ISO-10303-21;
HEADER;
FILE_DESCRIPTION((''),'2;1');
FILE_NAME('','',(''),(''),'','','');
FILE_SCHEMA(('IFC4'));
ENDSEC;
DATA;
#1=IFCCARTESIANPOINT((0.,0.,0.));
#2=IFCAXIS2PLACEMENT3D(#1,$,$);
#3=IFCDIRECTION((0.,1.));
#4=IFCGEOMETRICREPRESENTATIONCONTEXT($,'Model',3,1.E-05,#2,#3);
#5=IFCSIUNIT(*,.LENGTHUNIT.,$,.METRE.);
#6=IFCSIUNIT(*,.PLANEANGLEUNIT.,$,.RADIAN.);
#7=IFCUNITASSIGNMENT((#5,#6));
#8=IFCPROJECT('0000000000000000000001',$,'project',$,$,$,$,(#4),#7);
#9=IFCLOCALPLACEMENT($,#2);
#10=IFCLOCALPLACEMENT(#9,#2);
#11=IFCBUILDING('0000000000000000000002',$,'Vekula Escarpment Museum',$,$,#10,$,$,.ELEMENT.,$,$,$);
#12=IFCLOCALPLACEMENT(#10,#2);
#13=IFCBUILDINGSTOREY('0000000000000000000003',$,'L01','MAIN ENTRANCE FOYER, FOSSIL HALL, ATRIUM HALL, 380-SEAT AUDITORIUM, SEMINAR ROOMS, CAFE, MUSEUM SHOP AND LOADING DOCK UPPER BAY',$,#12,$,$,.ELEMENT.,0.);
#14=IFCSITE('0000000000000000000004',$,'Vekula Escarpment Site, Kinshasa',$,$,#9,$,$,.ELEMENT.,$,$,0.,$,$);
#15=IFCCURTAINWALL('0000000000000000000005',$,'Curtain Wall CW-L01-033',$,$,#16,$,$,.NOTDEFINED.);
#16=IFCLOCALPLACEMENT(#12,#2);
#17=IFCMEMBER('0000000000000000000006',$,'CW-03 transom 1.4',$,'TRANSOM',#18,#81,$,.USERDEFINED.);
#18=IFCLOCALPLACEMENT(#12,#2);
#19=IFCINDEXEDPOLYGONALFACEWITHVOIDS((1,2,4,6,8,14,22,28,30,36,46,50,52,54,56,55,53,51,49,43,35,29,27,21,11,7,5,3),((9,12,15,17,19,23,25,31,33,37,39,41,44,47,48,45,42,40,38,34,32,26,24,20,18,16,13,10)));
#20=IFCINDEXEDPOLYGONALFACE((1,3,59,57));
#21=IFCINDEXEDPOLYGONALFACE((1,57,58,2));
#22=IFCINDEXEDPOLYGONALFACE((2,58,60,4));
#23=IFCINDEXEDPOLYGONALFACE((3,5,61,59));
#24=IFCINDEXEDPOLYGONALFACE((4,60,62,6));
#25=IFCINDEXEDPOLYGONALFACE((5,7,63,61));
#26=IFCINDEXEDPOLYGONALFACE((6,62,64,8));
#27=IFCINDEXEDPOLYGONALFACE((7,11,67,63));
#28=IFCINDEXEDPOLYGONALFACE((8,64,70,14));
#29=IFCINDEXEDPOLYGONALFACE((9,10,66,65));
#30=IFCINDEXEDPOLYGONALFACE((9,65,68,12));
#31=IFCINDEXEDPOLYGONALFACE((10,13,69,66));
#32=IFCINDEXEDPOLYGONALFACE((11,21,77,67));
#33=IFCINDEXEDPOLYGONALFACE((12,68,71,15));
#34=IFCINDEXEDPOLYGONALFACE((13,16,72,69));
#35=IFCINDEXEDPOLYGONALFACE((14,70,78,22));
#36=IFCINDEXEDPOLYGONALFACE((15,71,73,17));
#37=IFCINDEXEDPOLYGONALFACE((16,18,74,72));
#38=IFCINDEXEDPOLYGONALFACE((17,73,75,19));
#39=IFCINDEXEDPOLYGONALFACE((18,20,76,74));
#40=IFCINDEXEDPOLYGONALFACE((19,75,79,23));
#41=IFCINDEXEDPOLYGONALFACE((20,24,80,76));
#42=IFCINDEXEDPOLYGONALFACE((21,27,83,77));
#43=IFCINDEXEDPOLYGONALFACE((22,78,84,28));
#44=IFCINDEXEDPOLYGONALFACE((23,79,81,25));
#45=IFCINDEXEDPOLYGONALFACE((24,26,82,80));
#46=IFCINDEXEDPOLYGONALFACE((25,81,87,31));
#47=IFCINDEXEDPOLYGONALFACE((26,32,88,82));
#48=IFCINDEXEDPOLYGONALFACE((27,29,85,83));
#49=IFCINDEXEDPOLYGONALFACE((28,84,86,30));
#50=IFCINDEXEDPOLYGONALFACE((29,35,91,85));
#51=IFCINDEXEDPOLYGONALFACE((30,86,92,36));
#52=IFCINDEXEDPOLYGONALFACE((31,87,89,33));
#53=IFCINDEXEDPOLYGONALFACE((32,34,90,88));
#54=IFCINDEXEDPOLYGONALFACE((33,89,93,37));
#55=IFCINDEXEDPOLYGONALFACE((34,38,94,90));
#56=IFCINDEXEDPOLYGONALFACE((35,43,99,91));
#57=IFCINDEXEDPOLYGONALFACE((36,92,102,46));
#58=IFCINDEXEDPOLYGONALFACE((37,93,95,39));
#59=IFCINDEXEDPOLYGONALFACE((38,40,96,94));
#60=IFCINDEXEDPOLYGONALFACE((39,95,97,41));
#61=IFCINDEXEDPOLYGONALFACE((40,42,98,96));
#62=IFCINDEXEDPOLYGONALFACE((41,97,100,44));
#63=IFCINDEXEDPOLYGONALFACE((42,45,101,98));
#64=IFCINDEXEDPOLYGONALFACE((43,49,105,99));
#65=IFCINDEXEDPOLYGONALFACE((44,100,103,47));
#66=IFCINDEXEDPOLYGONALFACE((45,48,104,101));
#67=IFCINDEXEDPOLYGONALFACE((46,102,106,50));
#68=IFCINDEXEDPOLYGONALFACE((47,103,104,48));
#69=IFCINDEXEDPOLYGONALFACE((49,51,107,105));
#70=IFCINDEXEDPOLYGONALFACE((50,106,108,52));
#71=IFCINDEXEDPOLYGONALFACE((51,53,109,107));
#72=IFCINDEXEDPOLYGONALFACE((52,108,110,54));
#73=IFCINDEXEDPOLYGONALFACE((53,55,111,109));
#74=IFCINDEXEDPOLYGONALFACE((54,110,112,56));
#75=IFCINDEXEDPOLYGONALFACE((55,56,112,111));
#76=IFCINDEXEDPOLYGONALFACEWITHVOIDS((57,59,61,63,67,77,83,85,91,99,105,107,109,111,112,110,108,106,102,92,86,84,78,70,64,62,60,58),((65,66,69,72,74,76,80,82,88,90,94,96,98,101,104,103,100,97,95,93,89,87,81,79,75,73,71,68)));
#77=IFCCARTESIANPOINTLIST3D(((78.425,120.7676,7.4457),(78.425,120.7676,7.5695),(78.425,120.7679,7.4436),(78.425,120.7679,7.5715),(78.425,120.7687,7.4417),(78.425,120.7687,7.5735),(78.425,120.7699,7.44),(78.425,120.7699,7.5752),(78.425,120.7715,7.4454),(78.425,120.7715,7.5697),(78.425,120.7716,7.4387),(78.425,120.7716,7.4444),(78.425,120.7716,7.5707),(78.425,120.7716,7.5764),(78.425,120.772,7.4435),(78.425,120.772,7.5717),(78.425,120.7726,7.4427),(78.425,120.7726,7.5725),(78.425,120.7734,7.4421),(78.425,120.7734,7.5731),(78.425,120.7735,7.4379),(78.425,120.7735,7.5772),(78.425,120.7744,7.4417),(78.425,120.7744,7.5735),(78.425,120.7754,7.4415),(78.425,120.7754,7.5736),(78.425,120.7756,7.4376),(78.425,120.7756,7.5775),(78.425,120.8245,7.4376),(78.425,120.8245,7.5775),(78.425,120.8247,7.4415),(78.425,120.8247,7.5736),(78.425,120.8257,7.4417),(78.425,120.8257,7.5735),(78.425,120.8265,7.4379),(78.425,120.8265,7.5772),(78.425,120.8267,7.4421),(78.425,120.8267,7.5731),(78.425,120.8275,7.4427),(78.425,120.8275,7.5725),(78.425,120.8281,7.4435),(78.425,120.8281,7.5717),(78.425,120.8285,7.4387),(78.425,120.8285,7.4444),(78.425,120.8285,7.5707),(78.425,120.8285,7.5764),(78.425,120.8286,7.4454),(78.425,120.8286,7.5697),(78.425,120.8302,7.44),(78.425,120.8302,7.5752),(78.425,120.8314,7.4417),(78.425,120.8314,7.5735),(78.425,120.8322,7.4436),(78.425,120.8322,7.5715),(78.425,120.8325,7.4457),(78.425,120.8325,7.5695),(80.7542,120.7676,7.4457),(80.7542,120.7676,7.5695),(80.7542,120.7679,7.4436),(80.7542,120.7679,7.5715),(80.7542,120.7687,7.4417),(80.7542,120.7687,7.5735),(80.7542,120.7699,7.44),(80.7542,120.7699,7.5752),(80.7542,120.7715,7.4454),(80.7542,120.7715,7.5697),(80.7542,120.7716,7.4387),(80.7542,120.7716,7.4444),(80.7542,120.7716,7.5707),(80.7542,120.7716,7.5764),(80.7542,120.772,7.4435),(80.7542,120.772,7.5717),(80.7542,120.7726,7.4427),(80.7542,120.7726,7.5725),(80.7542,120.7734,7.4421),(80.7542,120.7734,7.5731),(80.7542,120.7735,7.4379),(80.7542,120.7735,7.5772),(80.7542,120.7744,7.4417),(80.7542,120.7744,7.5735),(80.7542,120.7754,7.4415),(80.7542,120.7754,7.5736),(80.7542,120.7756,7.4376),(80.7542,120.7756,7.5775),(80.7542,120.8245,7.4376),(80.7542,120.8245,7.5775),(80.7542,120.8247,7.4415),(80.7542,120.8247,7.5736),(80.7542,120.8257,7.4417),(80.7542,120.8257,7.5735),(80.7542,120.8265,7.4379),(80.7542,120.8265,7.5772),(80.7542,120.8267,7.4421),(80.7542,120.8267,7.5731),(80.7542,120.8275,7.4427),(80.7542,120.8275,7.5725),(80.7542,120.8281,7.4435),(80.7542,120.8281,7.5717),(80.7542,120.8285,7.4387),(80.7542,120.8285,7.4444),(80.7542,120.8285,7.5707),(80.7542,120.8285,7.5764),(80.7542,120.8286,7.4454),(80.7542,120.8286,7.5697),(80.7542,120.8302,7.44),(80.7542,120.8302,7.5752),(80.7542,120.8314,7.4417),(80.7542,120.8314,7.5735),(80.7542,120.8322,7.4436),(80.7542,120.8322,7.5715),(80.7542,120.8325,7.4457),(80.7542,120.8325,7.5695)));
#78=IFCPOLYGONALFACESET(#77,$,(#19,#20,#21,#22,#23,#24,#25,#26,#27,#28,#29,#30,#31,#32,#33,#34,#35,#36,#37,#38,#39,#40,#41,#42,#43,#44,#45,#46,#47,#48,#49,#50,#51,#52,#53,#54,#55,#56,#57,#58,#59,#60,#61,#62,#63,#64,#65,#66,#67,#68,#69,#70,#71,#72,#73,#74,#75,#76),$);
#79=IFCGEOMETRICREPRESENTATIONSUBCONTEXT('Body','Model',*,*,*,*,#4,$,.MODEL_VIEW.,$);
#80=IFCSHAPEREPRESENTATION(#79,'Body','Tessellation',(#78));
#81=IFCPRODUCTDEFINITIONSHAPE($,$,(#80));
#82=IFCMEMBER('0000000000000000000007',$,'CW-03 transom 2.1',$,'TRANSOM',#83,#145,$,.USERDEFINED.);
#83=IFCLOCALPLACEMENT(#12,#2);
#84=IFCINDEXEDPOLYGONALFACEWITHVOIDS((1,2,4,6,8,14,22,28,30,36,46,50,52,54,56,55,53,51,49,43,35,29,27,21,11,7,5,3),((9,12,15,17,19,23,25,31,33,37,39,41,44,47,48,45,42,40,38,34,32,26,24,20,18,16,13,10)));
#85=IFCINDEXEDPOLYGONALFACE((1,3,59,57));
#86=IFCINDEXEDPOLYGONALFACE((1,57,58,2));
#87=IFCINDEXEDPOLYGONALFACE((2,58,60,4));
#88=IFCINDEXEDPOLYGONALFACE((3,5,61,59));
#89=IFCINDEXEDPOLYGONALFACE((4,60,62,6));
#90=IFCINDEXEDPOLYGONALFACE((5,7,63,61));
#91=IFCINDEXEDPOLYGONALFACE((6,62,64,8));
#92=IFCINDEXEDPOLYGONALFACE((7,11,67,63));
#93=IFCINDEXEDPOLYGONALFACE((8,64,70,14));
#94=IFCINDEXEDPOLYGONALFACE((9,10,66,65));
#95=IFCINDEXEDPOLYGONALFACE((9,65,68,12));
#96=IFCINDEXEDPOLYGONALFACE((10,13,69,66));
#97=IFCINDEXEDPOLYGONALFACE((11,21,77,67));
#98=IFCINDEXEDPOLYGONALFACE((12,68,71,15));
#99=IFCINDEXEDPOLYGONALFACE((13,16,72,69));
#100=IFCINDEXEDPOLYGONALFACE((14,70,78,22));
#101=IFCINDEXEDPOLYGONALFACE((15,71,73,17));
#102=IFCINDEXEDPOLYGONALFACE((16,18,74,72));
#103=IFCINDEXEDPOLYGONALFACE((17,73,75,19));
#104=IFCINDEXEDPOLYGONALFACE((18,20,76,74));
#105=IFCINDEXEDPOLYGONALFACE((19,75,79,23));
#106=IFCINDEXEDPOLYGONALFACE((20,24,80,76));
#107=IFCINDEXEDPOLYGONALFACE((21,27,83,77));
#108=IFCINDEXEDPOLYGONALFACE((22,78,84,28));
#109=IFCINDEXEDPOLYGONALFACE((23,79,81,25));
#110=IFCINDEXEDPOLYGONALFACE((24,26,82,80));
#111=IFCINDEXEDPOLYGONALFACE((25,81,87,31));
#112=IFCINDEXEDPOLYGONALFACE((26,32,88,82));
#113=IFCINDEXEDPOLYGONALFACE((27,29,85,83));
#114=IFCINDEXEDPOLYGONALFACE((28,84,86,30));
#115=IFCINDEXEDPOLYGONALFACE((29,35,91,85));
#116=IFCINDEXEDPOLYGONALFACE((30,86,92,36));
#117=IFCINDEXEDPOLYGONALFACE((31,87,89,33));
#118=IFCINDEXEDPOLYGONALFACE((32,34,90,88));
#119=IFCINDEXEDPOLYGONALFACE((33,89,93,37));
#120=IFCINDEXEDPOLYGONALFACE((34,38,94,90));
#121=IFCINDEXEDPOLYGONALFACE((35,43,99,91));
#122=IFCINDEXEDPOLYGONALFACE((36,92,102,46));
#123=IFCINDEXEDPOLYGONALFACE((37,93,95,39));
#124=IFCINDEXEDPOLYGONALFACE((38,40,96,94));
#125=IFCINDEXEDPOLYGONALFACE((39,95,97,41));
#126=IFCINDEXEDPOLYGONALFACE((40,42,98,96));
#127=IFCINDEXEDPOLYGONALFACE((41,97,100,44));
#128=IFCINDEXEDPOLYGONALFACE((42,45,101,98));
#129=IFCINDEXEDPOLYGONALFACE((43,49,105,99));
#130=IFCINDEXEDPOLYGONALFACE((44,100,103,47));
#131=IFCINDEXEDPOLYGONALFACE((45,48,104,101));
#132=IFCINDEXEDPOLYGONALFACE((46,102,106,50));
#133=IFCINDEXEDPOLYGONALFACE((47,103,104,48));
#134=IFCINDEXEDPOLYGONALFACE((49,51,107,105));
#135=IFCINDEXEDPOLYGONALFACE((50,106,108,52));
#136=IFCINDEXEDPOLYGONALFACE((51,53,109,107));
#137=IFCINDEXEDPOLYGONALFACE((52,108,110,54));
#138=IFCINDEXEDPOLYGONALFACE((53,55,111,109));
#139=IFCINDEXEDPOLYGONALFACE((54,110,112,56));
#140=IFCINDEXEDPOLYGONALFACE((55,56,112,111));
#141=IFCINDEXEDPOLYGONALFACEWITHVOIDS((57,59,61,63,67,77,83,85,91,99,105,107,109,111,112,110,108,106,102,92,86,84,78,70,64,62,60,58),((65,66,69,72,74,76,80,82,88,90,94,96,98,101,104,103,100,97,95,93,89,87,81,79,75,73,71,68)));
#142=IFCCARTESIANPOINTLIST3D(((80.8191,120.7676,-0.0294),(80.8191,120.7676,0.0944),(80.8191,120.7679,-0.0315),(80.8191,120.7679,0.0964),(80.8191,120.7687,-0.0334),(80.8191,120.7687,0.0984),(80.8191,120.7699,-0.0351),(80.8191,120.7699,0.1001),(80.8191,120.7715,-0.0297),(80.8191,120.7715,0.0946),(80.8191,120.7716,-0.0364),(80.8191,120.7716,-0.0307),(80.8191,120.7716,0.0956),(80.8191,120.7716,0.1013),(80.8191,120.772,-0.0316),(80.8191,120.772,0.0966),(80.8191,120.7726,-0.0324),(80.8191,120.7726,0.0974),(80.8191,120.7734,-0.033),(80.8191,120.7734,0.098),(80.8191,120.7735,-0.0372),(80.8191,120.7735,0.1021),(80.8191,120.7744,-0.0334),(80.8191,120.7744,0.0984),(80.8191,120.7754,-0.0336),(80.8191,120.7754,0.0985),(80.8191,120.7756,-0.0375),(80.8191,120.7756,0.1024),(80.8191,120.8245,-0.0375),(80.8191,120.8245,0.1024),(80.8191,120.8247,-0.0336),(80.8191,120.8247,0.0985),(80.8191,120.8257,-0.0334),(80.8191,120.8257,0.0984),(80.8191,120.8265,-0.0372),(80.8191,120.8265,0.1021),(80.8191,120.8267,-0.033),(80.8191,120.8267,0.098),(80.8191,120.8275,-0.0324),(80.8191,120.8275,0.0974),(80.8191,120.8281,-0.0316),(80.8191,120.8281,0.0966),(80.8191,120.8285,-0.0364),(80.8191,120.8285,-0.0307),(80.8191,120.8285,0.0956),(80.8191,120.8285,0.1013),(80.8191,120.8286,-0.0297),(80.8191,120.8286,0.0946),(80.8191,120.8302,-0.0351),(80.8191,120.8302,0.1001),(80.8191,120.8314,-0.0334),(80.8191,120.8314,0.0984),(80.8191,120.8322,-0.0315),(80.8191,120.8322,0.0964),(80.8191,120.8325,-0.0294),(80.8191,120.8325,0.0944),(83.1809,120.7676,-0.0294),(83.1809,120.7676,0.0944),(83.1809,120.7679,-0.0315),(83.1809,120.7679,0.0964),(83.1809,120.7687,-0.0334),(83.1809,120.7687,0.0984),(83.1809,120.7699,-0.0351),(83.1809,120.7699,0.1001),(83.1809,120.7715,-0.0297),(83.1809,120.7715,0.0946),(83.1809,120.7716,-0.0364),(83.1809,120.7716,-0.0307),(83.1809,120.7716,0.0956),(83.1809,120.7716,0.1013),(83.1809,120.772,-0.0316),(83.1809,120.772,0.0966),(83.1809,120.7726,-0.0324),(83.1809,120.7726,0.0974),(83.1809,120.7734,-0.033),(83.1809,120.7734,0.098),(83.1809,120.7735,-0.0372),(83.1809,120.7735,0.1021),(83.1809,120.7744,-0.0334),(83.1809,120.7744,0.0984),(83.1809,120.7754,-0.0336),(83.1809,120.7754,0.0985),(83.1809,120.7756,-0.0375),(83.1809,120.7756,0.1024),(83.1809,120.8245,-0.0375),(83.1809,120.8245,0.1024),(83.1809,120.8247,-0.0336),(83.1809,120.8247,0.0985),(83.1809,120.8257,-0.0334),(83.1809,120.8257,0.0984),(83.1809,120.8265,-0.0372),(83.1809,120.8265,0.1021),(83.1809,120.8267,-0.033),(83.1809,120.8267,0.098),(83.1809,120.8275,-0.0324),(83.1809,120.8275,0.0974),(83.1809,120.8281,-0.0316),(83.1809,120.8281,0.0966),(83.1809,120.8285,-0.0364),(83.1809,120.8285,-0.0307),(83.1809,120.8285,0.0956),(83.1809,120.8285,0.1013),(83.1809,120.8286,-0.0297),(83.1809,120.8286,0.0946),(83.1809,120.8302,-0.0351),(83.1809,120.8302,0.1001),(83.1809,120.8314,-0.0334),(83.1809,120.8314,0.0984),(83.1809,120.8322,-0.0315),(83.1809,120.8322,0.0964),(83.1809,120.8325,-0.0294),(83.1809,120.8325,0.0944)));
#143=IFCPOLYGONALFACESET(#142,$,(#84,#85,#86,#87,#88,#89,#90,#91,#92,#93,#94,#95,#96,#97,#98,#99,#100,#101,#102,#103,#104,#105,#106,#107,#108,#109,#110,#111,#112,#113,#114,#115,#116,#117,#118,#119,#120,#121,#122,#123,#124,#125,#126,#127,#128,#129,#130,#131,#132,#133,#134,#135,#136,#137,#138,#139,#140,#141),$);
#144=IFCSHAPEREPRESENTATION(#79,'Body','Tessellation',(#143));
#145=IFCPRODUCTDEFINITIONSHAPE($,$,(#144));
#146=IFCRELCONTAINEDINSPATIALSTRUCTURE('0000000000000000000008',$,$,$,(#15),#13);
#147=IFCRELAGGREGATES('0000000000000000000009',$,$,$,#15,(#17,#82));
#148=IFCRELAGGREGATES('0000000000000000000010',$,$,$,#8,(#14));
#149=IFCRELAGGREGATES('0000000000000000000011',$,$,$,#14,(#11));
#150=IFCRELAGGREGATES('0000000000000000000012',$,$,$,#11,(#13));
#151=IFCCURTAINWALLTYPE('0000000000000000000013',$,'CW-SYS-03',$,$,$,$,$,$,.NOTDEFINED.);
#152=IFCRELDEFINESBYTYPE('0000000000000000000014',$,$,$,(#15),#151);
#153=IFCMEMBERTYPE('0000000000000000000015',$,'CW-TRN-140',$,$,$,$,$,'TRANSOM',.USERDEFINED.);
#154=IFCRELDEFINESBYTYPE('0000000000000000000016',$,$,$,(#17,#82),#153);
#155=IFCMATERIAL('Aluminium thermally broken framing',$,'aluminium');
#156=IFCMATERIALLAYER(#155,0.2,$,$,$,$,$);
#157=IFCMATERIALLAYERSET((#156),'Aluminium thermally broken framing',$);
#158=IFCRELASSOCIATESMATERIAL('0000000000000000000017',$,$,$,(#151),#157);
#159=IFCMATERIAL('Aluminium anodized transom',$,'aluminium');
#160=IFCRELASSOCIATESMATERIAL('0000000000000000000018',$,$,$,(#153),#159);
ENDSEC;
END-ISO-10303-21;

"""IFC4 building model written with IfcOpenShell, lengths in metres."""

from ifc_helpers import new_model, si_unit, direction, frame, origin, origin_2d, place, context, subcontext, project, spatial, hollow_rectangle, extrude, material, layer, layer_set, material_profile, profile_set, type_object, element, aggregate, save


model = new_model("IFC4")

# Units and contexts
model_context = context("Model", 3, precision=1e-05, world=origin(), true_north=direction((0.0, 1.0)))
body_context = subcontext(model_context, "Body", "Model", "MODEL_VIEW")
ifc_project = project(units=[si_unit("LENGTHUNIT", "METRE"), si_unit("PLANEANGLEUNIT", "RADIAN")], contexts=[model_context])

# Site, building, storey
site_placement = place(None, origin())
site = spatial("IfcSite", under=ifc_project, at=site_placement, Name="Vekula Escarpment Site, Kinshasa", CompositionType="ELEMENT", RefElevation=0.0)
building_placement = place(site_placement, origin())
building = spatial("IfcBuilding", under=site, at=building_placement, Name="Vekula Escarpment Museum", CompositionType="ELEMENT")
storey_placement = place(building_placement, origin())
storey = spatial("IfcBuildingStorey", under=building, at=storey_placement, Name="L01", Description="MAIN ENTRANCE FOYER, FOSSIL HALL, ATRIUM HALL, 380-SEAT AUDITORIUM, SEMINAR ROOMS, CAFE, MUSEUM SHOP AND LOADING DOCK UPPER BAY", CompositionType="ELEMENT", Elevation=0.0)

# Curtain wall, members
ifc_material_1 = material(Name="Aluminium thermally broken framing", Category="aluminium")
ifc_layer_1 = layer(ifc_material_1, 0.2)
ifc_layer_set_1 = layer_set([ifc_layer_1], Name="Aluminium thermally broken framing")
curtain_wall_type = type_object("IfcCurtainWallType", Name="CW-SYS-03", PredefinedType="NOTDEFINED", material=ifc_layer_set_1)
curtain_wall_placement = place(storey_placement, origin())
curtain_wall = element("IfcCurtainWall", 1, at=curtain_wall_placement, inside=storey, type_object=curtain_wall_type, Name="Curtain Wall CW-L01-033", PredefinedType="NOTDEFINED")
ifc_material_2 = material(Name="Aluminium anodized transom", Category="aluminium")
ifc_material_profile_1 = material_profile(ifc_material_2, hollow_rectangle(XDim=0.0649, YDim=0.1399, WallThickness=0.0039, InnerFilletRadius=0.0039, OuterFilletRadius=0.0081, at=origin_2d()), Name="ALU 140x65x4")
ifc_profile_set_1 = profile_set([ifc_material_profile_1], Name="Aluminium anodized transom")
member_type_1 = type_object("IfcMemberType", Name="CW-TRN-140", ElementType="TRANSOM", PredefinedType="USERDEFINED", material=ifc_profile_set_1)
member_1_placement = place(storey_placement, frame((78.425, 120.8, 7.5076), z_axis=(1.0, 0.0, 0.0), x_axis=(0.0, 1.0, 0.0)))
member_1 = element("IfcMember", 2, at=member_1_placement, type_object=member_type_1, Name="CW-03 transom 1.4", ObjectType="TRANSOM", PredefinedType="USERDEFINED", context=body_context, shape_type="SweptSolid", body=[
    extrude(hollow_rectangle(XDim=0.0649, YDim=0.1399, WallThickness=0.0039, InnerFilletRadius=0.0039, OuterFilletRadius=0.0081, at=origin_2d()), origin(), (0.0, 0.0, 1.0), 2.3291),
])
member_2_placement = place(storey_placement, frame((80.8191, 120.8, 0.0325), z_axis=(1.0, 0.0, 0.0), x_axis=(0.0, 1.0, 0.0)))
member_2 = element("IfcMember", 3, at=member_2_placement, type_object=member_type_1, Name="CW-03 transom 2.1", ObjectType="TRANSOM", PredefinedType="USERDEFINED", context=body_context, shape_type="SweptSolid", body=[
    extrude(hollow_rectangle(XDim=0.0649, YDim=0.1399, WallThickness=0.0039, InnerFilletRadius=0.0039, OuterFilletRadius=0.0081, at=origin_2d()), origin(), (0.0, 0.0, 1.0), 2.3618),
])
aggregate(curtain_wall, [member_1, member_2])

save(model, "model.ifc")
